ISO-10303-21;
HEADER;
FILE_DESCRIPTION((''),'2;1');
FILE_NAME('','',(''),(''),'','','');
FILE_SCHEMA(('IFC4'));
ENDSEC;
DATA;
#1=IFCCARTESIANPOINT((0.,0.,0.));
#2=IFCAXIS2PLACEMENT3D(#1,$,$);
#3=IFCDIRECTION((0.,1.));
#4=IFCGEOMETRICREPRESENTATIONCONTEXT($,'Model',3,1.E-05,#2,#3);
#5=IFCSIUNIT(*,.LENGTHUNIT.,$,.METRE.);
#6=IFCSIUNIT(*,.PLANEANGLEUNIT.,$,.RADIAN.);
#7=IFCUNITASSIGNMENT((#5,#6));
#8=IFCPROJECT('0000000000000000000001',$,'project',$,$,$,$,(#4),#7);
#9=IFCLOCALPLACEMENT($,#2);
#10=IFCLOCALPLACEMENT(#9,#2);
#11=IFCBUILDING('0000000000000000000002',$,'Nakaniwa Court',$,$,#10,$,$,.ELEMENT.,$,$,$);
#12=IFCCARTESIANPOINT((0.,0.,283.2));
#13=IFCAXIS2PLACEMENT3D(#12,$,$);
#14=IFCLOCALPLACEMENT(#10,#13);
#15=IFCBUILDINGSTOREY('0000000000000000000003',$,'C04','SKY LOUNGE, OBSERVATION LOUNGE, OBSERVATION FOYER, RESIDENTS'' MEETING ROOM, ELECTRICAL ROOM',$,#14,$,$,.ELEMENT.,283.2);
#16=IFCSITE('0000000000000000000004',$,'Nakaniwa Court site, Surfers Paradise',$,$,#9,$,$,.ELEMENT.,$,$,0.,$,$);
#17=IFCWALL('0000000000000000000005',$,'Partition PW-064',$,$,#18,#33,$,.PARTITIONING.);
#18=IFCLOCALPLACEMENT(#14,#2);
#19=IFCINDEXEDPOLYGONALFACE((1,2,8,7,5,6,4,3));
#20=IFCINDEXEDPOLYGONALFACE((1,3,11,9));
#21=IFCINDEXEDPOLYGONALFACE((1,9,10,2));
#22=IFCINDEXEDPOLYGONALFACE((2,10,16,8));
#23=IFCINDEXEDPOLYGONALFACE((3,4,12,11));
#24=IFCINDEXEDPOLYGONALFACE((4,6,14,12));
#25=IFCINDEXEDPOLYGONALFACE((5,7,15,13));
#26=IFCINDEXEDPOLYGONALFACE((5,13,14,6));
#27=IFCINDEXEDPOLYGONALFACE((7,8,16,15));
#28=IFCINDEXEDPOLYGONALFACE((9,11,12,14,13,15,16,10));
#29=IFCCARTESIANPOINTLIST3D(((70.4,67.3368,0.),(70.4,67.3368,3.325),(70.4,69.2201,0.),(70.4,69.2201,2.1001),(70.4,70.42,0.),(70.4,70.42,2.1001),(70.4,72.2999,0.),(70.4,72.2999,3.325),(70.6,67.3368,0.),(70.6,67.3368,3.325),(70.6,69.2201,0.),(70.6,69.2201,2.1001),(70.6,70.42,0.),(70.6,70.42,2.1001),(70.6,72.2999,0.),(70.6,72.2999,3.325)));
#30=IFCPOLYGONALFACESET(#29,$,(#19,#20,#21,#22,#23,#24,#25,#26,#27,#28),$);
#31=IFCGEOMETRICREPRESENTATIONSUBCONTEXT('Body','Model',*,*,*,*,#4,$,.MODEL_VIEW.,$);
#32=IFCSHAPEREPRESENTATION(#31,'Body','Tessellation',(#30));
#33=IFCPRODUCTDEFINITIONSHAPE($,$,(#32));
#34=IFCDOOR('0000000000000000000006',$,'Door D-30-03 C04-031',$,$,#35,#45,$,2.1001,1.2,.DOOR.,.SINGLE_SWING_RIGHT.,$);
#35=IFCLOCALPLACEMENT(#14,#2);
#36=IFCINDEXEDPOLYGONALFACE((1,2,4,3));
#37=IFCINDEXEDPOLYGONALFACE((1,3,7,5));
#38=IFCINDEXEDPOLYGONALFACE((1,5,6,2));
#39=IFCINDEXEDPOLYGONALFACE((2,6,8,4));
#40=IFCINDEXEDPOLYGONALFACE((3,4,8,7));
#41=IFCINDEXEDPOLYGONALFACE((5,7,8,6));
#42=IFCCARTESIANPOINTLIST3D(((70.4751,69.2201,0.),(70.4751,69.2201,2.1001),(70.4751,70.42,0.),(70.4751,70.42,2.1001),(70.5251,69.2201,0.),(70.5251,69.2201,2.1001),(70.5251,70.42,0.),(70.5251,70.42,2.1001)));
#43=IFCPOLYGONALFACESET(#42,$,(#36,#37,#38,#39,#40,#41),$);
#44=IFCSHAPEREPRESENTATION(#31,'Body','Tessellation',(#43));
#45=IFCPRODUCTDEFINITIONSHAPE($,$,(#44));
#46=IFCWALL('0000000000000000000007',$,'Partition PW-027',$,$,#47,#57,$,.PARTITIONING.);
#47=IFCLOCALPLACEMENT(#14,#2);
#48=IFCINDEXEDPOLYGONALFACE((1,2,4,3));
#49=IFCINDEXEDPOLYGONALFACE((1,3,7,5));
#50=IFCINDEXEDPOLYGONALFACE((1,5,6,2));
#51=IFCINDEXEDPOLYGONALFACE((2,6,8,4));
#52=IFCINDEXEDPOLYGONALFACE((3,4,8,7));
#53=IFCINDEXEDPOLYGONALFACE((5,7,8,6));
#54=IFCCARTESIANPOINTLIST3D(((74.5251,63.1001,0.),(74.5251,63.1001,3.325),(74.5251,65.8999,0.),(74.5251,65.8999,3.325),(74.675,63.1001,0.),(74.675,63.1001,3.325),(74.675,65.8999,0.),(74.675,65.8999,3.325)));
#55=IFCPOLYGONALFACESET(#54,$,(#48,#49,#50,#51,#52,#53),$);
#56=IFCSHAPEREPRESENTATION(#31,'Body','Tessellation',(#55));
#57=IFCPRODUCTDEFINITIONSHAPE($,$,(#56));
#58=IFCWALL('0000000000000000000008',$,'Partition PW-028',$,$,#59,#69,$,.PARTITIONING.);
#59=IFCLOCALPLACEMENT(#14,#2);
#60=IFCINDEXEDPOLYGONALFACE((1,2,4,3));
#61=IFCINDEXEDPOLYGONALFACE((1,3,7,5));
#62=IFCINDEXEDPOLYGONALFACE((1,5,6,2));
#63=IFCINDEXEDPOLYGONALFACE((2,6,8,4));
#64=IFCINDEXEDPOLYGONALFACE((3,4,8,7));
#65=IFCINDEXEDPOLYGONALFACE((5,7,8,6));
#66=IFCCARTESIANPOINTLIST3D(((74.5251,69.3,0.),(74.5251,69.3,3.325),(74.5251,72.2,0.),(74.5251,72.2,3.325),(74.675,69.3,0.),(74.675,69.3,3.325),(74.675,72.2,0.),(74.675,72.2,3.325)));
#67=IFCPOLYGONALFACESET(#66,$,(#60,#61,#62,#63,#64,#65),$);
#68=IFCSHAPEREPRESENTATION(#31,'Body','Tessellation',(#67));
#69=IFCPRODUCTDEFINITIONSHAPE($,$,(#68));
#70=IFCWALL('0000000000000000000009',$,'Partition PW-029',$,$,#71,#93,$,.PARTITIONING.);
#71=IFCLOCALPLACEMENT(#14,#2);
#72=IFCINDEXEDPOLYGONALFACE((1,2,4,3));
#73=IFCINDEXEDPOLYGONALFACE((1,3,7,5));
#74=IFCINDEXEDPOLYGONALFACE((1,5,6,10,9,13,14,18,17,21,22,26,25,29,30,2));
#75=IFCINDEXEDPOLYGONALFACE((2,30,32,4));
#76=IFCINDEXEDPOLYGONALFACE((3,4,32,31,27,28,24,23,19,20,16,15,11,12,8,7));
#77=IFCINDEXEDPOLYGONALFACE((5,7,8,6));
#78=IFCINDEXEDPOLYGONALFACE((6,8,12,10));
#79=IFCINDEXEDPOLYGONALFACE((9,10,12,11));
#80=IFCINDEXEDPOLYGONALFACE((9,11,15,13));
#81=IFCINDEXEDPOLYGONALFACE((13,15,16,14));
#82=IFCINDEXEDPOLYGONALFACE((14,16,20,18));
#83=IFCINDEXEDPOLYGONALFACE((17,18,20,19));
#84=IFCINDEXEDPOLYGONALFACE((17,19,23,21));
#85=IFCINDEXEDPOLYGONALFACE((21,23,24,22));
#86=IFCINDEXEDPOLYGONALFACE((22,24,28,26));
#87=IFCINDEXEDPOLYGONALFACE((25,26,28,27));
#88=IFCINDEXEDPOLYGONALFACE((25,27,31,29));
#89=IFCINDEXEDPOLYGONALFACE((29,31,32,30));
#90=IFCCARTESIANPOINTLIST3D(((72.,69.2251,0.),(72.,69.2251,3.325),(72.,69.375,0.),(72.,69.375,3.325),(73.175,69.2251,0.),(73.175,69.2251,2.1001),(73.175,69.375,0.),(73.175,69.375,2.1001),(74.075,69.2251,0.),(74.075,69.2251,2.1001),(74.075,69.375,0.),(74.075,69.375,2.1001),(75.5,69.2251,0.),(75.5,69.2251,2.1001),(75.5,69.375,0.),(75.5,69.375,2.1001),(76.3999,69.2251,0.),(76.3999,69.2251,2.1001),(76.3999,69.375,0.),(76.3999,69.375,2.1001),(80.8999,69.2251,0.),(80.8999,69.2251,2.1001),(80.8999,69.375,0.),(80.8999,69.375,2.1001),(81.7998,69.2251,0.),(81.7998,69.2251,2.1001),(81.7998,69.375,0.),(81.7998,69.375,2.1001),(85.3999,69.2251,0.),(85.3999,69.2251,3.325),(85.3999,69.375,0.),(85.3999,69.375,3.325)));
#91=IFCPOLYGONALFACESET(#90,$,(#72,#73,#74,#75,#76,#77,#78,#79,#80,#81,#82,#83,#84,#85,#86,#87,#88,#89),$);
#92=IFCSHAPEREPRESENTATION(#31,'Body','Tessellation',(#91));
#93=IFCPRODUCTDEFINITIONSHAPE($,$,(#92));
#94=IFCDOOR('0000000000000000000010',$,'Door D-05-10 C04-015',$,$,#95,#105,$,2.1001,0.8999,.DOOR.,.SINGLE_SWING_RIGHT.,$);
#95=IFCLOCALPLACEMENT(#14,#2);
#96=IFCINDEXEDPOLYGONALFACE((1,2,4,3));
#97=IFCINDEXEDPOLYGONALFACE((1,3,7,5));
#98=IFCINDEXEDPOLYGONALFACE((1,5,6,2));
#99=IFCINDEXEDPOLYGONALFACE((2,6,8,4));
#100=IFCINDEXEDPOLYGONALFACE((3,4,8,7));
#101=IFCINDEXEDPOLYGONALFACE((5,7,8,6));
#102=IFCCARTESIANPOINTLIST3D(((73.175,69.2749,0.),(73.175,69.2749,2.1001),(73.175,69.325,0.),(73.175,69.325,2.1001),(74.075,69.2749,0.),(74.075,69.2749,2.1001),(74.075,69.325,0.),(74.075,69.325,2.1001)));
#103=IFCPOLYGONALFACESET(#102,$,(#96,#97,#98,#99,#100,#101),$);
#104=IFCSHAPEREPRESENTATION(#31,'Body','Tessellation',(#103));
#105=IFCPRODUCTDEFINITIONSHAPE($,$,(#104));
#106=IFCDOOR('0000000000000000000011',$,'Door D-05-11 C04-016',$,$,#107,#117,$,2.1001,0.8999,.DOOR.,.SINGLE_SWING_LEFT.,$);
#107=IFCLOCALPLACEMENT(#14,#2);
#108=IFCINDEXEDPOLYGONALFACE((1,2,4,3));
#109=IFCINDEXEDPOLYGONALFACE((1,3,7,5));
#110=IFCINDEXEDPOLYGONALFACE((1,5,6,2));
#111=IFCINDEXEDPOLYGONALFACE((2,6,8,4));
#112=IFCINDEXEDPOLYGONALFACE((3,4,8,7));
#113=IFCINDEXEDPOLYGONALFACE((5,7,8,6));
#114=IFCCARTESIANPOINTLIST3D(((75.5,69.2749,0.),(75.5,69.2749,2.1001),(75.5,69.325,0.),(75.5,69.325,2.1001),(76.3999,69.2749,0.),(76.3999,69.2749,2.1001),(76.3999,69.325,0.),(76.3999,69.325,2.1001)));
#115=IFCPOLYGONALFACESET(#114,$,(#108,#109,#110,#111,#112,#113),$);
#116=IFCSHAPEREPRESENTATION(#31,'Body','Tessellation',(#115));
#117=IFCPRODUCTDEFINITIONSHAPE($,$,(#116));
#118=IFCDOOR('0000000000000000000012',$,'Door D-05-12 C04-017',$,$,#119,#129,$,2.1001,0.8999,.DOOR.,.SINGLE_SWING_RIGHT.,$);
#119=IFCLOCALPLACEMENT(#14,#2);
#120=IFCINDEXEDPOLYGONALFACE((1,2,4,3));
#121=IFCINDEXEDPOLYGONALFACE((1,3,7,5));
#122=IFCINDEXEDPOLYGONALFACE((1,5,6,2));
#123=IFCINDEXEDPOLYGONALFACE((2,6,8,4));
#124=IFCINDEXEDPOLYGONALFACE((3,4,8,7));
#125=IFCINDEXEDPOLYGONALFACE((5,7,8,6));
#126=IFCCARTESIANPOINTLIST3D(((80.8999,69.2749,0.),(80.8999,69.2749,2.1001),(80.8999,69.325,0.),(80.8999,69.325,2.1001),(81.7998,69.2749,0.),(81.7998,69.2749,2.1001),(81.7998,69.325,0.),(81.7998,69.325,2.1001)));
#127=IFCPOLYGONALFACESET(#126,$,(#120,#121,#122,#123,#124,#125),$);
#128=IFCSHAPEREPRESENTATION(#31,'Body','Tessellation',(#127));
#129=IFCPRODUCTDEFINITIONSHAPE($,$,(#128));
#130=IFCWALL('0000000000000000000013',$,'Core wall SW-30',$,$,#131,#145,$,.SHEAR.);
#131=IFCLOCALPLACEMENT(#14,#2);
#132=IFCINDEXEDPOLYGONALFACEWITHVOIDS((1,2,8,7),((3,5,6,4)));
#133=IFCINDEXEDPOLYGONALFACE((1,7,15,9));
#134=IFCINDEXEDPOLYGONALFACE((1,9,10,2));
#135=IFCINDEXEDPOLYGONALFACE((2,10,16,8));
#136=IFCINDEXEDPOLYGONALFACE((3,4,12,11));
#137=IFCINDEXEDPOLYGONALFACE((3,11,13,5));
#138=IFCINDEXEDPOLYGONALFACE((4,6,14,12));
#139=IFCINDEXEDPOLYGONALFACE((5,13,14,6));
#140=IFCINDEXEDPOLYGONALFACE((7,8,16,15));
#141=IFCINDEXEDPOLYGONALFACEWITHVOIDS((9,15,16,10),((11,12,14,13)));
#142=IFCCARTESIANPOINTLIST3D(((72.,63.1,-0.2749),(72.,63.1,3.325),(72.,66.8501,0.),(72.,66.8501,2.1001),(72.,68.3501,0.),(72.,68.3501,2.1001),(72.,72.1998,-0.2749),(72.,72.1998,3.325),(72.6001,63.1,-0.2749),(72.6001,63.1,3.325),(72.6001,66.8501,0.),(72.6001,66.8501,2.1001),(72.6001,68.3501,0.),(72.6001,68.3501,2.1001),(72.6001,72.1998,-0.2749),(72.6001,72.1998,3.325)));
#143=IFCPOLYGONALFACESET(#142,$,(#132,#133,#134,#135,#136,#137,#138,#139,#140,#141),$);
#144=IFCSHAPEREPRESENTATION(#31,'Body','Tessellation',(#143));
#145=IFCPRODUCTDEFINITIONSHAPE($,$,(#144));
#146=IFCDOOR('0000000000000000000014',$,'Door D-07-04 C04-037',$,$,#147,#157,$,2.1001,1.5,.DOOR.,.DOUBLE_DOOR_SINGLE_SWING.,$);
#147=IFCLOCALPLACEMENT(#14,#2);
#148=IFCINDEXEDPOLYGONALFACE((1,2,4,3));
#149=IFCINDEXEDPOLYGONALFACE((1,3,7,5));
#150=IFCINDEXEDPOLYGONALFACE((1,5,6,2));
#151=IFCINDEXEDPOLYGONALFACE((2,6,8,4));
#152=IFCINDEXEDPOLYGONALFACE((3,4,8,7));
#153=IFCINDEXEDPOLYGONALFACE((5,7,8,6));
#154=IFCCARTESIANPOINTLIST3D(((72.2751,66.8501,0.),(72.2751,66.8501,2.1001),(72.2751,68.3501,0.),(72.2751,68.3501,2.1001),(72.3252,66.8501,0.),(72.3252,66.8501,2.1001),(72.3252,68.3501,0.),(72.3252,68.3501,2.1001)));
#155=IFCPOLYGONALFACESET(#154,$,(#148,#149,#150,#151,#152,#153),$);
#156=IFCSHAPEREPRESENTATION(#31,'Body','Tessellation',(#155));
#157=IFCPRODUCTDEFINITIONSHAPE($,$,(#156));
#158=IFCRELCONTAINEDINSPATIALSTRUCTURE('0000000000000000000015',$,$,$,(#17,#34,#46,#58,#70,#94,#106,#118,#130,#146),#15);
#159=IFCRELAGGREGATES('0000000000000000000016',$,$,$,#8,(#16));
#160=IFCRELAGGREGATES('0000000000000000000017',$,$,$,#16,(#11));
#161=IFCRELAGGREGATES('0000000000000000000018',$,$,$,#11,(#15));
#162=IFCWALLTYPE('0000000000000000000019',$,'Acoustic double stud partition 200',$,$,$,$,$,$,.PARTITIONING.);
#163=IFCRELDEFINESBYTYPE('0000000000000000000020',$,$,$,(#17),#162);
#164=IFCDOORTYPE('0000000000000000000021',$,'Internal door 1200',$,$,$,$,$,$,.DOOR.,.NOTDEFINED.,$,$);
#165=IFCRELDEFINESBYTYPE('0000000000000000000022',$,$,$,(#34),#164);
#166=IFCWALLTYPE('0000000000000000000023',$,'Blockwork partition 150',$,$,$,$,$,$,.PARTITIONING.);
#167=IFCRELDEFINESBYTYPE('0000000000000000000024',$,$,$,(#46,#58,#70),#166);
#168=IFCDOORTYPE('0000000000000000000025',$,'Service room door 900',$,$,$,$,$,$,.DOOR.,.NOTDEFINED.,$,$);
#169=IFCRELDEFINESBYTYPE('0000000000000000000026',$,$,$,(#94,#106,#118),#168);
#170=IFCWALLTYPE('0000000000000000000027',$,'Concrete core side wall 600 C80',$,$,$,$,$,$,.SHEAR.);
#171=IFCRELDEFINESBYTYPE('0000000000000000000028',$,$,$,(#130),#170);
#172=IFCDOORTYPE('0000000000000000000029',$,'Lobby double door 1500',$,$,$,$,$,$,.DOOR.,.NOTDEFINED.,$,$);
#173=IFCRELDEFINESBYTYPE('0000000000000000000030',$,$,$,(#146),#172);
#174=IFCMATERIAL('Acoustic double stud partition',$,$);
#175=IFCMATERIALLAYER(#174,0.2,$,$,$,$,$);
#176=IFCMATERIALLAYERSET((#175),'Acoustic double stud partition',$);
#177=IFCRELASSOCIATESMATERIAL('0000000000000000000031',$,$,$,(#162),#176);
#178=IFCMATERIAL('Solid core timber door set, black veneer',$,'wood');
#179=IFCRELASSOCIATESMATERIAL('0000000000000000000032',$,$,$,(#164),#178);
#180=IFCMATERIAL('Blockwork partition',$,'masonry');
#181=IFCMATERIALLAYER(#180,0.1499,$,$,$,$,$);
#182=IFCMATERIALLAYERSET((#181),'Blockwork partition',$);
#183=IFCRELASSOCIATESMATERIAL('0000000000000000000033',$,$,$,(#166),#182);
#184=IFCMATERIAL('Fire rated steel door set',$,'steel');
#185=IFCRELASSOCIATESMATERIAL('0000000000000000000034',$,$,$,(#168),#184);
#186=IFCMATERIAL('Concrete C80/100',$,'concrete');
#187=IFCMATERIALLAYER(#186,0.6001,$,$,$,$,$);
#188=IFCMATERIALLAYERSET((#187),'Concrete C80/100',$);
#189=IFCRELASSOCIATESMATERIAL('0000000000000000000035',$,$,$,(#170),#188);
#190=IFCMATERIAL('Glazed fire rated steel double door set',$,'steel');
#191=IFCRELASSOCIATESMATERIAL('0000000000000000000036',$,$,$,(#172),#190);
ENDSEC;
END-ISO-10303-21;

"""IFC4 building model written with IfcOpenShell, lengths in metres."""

from ifc_helpers import new_model, si_unit, direction, frame, frame_2d, origin, place, context, subcontext, project, spatial, rectangle, extrude, material, layer, layer_set, type_object, element, fill, save


model = new_model("IFC4")

# Units and contexts
model_context = context("Model", 3, precision=1e-05, world=origin(), true_north=direction((0.0, 1.0)))
body_context = subcontext(model_context, "Body", "Model", "MODEL_VIEW")
ifc_project = project(units=[si_unit("LENGTHUNIT", "METRE"), si_unit("PLANEANGLEUNIT", "RADIAN")], contexts=[model_context])

# Site, building, storey
site_placement = place(None, origin())
site = spatial("IfcSite", under=ifc_project, at=site_placement, Name="Nakaniwa Court site, Surfers Paradise", CompositionType="ELEMENT", RefElevation=0.0)
building_placement = place(site_placement, origin())
building = spatial("IfcBuilding", under=site, at=building_placement, Name="Nakaniwa Court", CompositionType="ELEMENT")
storey_placement = place(building_placement, frame((0.0, 0.0, 283.2)))
storey = spatial("IfcBuildingStorey", under=building, at=storey_placement, Name="C04", Description="SKY LOUNGE, OBSERVATION LOUNGE, OBSERVATION FOYER, RESIDENTS' MEETING ROOM, ELECTRICAL ROOM", CompositionType="ELEMENT", Elevation=283.2)

# Shared definitions
ifc_material_1 = material(Name="Concrete C80/100", Category="concrete")

# Shared definitions
ifc_material_2 = material(Name="Acoustic double stud partition")
ifc_layer_1 = layer(ifc_material_2, 0.2)
ifc_layer_set_1 = layer_set([ifc_layer_1], Name="Acoustic double stud partition")
wall_type_1 = type_object("IfcWallType", Name="Acoustic double stud partition 200", PredefinedType="PARTITIONING", material=ifc_layer_set_1)

# Wall, opening, door
wall_1_placement = place(storey_placement, frame((70.5, 67.3369, 0.0), z_axis=(0.0, 0.0, 1.0), x_axis=(0.0, 1.0, 0.0)))
wall_1 = element("IfcWall", 1, at=wall_1_placement, inside=storey, type_object=wall_type_1, Name="Partition PW-064", PredefinedType="PARTITIONING", context=body_context, shape_type="SweptSolid", body=[
    extrude(rectangle(XDim=4.9631, YDim=0.2, at=frame_2d((2.4814, 0.0))), origin(), (0.0, 0.0, 1.0), 3.325),
])
opening_1_placement = place(wall_1_placement, frame((1.8831, 0.0, 0.0)))
opening_1 = element("IfcOpeningElement", 2, at=opening_1_placement, cuts=wall_1, PredefinedType="OPENING", context=body_context, shape_type="SweptSolid", body=[
    extrude(rectangle(XDim=1.2, YDim=2.1001, at=frame_2d((0.6001, 1.05))), frame((0.0, 0.1099, 0.0), z_axis=(0.0, -1.0, 0.0), x_axis=(1.0, 0.0, 0.0)), (0.0, 0.0, 1.0), 0.22),
])
ifc_material_3 = material(Name="Solid core timber door set, black veneer", Category="wood")
door_type_1 = type_object("IfcDoorType", Name="Internal door 1200", OperationType="NOTDEFINED", PredefinedType="DOOR", material=ifc_material_3)
door_1_placement = place(opening_1_placement, origin())
door_1 = element("IfcDoor", 3, at=door_1_placement, inside=storey, type_object=door_type_1, Name="Door D-30-03 C04-031", OperationType="SINGLE_SWING_RIGHT", OverallHeight=2.1001, OverallWidth=1.2, PredefinedType="DOOR", context=body_context, shape_type="SweptSolid", body=[
    extrude(rectangle(XDim=1.2, YDim=2.1001, at=frame_2d((0.6001, 1.05))), frame((0.0, 0.0249, 0.0), z_axis=(0.0, -1.0, 0.0), x_axis=(1.0, 0.0, 0.0)), (0.0, 0.0, 1.0), 0.05),
])
fill(opening_1, door_1)

# Walls
ifc_material_4 = material(Name="Blockwork partition", Category="masonry")
ifc_layer_2 = layer(ifc_material_4, 0.1499)
ifc_layer_set_2 = layer_set([ifc_layer_2], Name="Blockwork partition")
wall_type_2 = type_object("IfcWallType", Name="Blockwork partition 150", PredefinedType="PARTITIONING", material=ifc_layer_set_2)
wall_2_placement = place(storey_placement, frame((74.6001, 63.1001, 0.0), z_axis=(0.0, 0.0, 1.0), x_axis=(0.0, 1.0, 0.0)))
element("IfcWall", 4, at=wall_2_placement, inside=storey, type_object=wall_type_2, Name="Partition PW-027", PredefinedType="PARTITIONING", context=body_context, shape_type="SweptSolid", body=[
    extrude(rectangle(XDim=2.7998, YDim=0.1499, at=frame_2d((1.3999, 0.0))), origin(), (0.0, 0.0, 1.0), 3.325),
])
wall_3_placement = place(storey_placement, frame((74.6001, 69.3, 0.0), z_axis=(0.0, 0.0, 1.0), x_axis=(0.0, 1.0, 0.0)))
element("IfcWall", 5, at=wall_3_placement, inside=storey, type_object=wall_type_2, Name="Partition PW-028", PredefinedType="PARTITIONING", context=body_context, shape_type="SweptSolid", body=[
    extrude(rectangle(XDim=2.8999, YDim=0.1499, at=frame_2d((1.45, 0.0))), origin(), (0.0, 0.0, 1.0), 3.325),
])

# Wall, openings, doors
wall_4_placement = place(storey_placement, frame((72.0, 69.3, 0.0), z_axis=(0.0, 0.0, 1.0), x_axis=(1.0, 0.0, 0.0)))
wall_4 = element("IfcWall", 6, at=wall_4_placement, inside=storey, type_object=wall_type_2, Name="Partition PW-029", PredefinedType="PARTITIONING", context=body_context, shape_type="SweptSolid", body=[
    extrude(rectangle(XDim=13.3999, YDim=0.1499, at=frame_2d((6.7, 0.0))), origin(), (0.0, 0.0, 1.0), 3.325),
])
opening_2_placement = place(wall_4_placement, frame((1.175, 0.0, 0.0)))
opening_2 = element("IfcOpeningElement", 7, at=opening_2_placement, cuts=wall_4, PredefinedType="OPENING", context=body_context, shape_type="SweptSolid", body=[
    extrude(rectangle(XDim=0.8999, YDim=2.1001, at=frame_2d((0.45, 1.05))), frame((0.0, 0.085, 0.0), z_axis=(0.0, -1.0, 0.0), x_axis=(1.0, 0.0, 0.0)), (0.0, 0.0, 1.0), 0.1699),
])
opening_3_placement = place(wall_4_placement, frame((3.5, 0.0, 0.0)))
opening_3 = element("IfcOpeningElement", 8, at=opening_3_placement, cuts=wall_4, PredefinedType="OPENING", context=body_context, shape_type="SweptSolid", body=[
    extrude(rectangle(XDim=0.8999, YDim=2.1001, at=frame_2d((0.45, 1.05))), frame((0.0, 0.085, 0.0), z_axis=(0.0, -1.0, 0.0), x_axis=(1.0, 0.0, 0.0)), (0.0, 0.0, 1.0), 0.1699),
])
opening_4_placement = place(wall_4_placement, frame((8.8999, 0.0, 0.0)))
opening_4 = element("IfcOpeningElement", 9, at=opening_4_placement, cuts=wall_4, PredefinedType="OPENING", context=body_context, shape_type="SweptSolid", body=[
    extrude(rectangle(XDim=0.8999, YDim=2.1001, at=frame_2d((0.45, 1.05))), frame((0.0, 0.085, 0.0), z_axis=(0.0, -1.0, 0.0), x_axis=(1.0, 0.0, 0.0)), (0.0, 0.0, 1.0), 0.1699),
])
ifc_material_5 = material(Name="Fire rated steel door set", Category="steel")
door_type_2 = type_object("IfcDoorType", Name="Service room door 900", OperationType="NOTDEFINED", PredefinedType="DOOR", material=ifc_material_5)
door_2_placement = place(opening_2_placement, origin())
door_2 = element("IfcDoor", 10, at=door_2_placement, inside=storey, type_object=door_type_2, Name="Door D-05-10 C04-015", OperationType="SINGLE_SWING_RIGHT", OverallHeight=2.1001, OverallWidth=0.8999, PredefinedType="DOOR", context=body_context, shape_type="SweptSolid", body=[
    extrude(rectangle(XDim=0.8999, YDim=2.1001, at=frame_2d((0.45, 1.05))), frame((0.0, 0.0249, 0.0), z_axis=(0.0, -1.0, 0.0), x_axis=(1.0, 0.0, 0.0)), (0.0, 0.0, 1.0), 0.05),
])
fill(opening_2, door_2)
door_3_placement = place(opening_3_placement, origin())
door_3 = element("IfcDoor", 11, at=door_3_placement, inside=storey, type_object=door_type_2, Name="Door D-05-11 C04-016", OperationType="SINGLE_SWING_LEFT", OverallHeight=2.1001, OverallWidth=0.8999, PredefinedType="DOOR", context=body_context, shape_type="SweptSolid", body=[
    extrude(rectangle(XDim=0.8999, YDim=2.1001, at=frame_2d((0.45, 1.05))), frame((0.0, 0.0249, 0.0), z_axis=(0.0, -1.0, 0.0), x_axis=(1.0, 0.0, 0.0)), (0.0, 0.0, 1.0), 0.05),
])
fill(opening_3, door_3)
door_4_placement = place(opening_4_placement, origin())
door_4 = element("IfcDoor", 12, at=door_4_placement, inside=storey, type_object=door_type_2, Name="Door D-05-12 C04-017", OperationType="SINGLE_SWING_RIGHT", OverallHeight=2.1001, OverallWidth=0.8999, PredefinedType="DOOR", context=body_context, shape_type="SweptSolid", body=[
    extrude(rectangle(XDim=0.8999, YDim=2.1001, at=frame_2d((0.45, 1.05))), frame((0.0, 0.0249, 0.0), z_axis=(0.0, -1.0, 0.0), x_axis=(1.0, 0.0, 0.0)), (0.0, 0.0, 1.0), 0.05),
])
fill(opening_4, door_4)

# Wall, opening, door
ifc_layer_3 = layer(ifc_material_1, 0.6001)
ifc_layer_set_3 = layer_set([ifc_layer_3], Name="Concrete C80/100")
wall_type_3 = type_object("IfcWallType", Name="Concrete core side wall 600 C80", PredefinedType="SHEAR", material=ifc_layer_set_3)
wall_5_placement = place(storey_placement, frame((72.3, 63.1001, -0.2749), z_axis=(0.0, 0.0, 1.0), x_axis=(0.0, 1.0, 0.0)))
wall_5 = element("IfcWall", 13, at=wall_5_placement, inside=storey, type_object=wall_type_3, Name="Core wall SW-30", PredefinedType="SHEAR", context=body_context, shape_type="SweptSolid", body=[
    extrude(rectangle(XDim=9.0999, YDim=0.6001, at=frame_2d((4.5498, 0.0))), origin(), (0.0, 0.0, 1.0), 3.5999),
])
opening_5_placement = place(wall_5_placement, frame((3.75, 0.0, 0.2749)))
opening_5 = element("IfcOpeningElement", 14, at=opening_5_placement, cuts=wall_5, PredefinedType="OPENING", context=body_context, shape_type="SweptSolid", body=[
    extrude(rectangle(XDim=1.5, YDim=2.1001, at=frame_2d((0.75, 1.05))), frame((0.0, 0.3101, 0.0), z_axis=(0.0, -1.0, 0.0), x_axis=(1.0, 0.0, 0.0)), (0.0, 0.0, 1.0), 0.6201),
])
ifc_material_6 = material(Name="Glazed fire rated steel double door set", Category="steel")
door_type_3 = type_object("IfcDoorType", Name="Lobby double door 1500", OperationType="NOTDEFINED", PredefinedType="DOOR", material=ifc_material_6)
door_5_placement = place(opening_5_placement, origin())
door_5 = element("IfcDoor", 15, at=door_5_placement, inside=storey, type_object=door_type_3, Name="Door D-07-04 C04-037", OperationType="DOUBLE_DOOR_SINGLE_SWING", OverallHeight=2.1001, OverallWidth=1.5, PredefinedType="DOOR", context=body_context, shape_type="SweptSolid", body=[
    extrude(rectangle(XDim=1.5, YDim=2.1001, at=frame_2d((0.75, 1.05))), frame((0.0, 0.0249, 0.0), z_axis=(0.0, -1.0, 0.0), x_axis=(1.0, 0.0, 0.0)), (0.0, 0.0, 1.0), 0.05),
])
fill(opening_5, door_5)

save(model, "model.ifc")
